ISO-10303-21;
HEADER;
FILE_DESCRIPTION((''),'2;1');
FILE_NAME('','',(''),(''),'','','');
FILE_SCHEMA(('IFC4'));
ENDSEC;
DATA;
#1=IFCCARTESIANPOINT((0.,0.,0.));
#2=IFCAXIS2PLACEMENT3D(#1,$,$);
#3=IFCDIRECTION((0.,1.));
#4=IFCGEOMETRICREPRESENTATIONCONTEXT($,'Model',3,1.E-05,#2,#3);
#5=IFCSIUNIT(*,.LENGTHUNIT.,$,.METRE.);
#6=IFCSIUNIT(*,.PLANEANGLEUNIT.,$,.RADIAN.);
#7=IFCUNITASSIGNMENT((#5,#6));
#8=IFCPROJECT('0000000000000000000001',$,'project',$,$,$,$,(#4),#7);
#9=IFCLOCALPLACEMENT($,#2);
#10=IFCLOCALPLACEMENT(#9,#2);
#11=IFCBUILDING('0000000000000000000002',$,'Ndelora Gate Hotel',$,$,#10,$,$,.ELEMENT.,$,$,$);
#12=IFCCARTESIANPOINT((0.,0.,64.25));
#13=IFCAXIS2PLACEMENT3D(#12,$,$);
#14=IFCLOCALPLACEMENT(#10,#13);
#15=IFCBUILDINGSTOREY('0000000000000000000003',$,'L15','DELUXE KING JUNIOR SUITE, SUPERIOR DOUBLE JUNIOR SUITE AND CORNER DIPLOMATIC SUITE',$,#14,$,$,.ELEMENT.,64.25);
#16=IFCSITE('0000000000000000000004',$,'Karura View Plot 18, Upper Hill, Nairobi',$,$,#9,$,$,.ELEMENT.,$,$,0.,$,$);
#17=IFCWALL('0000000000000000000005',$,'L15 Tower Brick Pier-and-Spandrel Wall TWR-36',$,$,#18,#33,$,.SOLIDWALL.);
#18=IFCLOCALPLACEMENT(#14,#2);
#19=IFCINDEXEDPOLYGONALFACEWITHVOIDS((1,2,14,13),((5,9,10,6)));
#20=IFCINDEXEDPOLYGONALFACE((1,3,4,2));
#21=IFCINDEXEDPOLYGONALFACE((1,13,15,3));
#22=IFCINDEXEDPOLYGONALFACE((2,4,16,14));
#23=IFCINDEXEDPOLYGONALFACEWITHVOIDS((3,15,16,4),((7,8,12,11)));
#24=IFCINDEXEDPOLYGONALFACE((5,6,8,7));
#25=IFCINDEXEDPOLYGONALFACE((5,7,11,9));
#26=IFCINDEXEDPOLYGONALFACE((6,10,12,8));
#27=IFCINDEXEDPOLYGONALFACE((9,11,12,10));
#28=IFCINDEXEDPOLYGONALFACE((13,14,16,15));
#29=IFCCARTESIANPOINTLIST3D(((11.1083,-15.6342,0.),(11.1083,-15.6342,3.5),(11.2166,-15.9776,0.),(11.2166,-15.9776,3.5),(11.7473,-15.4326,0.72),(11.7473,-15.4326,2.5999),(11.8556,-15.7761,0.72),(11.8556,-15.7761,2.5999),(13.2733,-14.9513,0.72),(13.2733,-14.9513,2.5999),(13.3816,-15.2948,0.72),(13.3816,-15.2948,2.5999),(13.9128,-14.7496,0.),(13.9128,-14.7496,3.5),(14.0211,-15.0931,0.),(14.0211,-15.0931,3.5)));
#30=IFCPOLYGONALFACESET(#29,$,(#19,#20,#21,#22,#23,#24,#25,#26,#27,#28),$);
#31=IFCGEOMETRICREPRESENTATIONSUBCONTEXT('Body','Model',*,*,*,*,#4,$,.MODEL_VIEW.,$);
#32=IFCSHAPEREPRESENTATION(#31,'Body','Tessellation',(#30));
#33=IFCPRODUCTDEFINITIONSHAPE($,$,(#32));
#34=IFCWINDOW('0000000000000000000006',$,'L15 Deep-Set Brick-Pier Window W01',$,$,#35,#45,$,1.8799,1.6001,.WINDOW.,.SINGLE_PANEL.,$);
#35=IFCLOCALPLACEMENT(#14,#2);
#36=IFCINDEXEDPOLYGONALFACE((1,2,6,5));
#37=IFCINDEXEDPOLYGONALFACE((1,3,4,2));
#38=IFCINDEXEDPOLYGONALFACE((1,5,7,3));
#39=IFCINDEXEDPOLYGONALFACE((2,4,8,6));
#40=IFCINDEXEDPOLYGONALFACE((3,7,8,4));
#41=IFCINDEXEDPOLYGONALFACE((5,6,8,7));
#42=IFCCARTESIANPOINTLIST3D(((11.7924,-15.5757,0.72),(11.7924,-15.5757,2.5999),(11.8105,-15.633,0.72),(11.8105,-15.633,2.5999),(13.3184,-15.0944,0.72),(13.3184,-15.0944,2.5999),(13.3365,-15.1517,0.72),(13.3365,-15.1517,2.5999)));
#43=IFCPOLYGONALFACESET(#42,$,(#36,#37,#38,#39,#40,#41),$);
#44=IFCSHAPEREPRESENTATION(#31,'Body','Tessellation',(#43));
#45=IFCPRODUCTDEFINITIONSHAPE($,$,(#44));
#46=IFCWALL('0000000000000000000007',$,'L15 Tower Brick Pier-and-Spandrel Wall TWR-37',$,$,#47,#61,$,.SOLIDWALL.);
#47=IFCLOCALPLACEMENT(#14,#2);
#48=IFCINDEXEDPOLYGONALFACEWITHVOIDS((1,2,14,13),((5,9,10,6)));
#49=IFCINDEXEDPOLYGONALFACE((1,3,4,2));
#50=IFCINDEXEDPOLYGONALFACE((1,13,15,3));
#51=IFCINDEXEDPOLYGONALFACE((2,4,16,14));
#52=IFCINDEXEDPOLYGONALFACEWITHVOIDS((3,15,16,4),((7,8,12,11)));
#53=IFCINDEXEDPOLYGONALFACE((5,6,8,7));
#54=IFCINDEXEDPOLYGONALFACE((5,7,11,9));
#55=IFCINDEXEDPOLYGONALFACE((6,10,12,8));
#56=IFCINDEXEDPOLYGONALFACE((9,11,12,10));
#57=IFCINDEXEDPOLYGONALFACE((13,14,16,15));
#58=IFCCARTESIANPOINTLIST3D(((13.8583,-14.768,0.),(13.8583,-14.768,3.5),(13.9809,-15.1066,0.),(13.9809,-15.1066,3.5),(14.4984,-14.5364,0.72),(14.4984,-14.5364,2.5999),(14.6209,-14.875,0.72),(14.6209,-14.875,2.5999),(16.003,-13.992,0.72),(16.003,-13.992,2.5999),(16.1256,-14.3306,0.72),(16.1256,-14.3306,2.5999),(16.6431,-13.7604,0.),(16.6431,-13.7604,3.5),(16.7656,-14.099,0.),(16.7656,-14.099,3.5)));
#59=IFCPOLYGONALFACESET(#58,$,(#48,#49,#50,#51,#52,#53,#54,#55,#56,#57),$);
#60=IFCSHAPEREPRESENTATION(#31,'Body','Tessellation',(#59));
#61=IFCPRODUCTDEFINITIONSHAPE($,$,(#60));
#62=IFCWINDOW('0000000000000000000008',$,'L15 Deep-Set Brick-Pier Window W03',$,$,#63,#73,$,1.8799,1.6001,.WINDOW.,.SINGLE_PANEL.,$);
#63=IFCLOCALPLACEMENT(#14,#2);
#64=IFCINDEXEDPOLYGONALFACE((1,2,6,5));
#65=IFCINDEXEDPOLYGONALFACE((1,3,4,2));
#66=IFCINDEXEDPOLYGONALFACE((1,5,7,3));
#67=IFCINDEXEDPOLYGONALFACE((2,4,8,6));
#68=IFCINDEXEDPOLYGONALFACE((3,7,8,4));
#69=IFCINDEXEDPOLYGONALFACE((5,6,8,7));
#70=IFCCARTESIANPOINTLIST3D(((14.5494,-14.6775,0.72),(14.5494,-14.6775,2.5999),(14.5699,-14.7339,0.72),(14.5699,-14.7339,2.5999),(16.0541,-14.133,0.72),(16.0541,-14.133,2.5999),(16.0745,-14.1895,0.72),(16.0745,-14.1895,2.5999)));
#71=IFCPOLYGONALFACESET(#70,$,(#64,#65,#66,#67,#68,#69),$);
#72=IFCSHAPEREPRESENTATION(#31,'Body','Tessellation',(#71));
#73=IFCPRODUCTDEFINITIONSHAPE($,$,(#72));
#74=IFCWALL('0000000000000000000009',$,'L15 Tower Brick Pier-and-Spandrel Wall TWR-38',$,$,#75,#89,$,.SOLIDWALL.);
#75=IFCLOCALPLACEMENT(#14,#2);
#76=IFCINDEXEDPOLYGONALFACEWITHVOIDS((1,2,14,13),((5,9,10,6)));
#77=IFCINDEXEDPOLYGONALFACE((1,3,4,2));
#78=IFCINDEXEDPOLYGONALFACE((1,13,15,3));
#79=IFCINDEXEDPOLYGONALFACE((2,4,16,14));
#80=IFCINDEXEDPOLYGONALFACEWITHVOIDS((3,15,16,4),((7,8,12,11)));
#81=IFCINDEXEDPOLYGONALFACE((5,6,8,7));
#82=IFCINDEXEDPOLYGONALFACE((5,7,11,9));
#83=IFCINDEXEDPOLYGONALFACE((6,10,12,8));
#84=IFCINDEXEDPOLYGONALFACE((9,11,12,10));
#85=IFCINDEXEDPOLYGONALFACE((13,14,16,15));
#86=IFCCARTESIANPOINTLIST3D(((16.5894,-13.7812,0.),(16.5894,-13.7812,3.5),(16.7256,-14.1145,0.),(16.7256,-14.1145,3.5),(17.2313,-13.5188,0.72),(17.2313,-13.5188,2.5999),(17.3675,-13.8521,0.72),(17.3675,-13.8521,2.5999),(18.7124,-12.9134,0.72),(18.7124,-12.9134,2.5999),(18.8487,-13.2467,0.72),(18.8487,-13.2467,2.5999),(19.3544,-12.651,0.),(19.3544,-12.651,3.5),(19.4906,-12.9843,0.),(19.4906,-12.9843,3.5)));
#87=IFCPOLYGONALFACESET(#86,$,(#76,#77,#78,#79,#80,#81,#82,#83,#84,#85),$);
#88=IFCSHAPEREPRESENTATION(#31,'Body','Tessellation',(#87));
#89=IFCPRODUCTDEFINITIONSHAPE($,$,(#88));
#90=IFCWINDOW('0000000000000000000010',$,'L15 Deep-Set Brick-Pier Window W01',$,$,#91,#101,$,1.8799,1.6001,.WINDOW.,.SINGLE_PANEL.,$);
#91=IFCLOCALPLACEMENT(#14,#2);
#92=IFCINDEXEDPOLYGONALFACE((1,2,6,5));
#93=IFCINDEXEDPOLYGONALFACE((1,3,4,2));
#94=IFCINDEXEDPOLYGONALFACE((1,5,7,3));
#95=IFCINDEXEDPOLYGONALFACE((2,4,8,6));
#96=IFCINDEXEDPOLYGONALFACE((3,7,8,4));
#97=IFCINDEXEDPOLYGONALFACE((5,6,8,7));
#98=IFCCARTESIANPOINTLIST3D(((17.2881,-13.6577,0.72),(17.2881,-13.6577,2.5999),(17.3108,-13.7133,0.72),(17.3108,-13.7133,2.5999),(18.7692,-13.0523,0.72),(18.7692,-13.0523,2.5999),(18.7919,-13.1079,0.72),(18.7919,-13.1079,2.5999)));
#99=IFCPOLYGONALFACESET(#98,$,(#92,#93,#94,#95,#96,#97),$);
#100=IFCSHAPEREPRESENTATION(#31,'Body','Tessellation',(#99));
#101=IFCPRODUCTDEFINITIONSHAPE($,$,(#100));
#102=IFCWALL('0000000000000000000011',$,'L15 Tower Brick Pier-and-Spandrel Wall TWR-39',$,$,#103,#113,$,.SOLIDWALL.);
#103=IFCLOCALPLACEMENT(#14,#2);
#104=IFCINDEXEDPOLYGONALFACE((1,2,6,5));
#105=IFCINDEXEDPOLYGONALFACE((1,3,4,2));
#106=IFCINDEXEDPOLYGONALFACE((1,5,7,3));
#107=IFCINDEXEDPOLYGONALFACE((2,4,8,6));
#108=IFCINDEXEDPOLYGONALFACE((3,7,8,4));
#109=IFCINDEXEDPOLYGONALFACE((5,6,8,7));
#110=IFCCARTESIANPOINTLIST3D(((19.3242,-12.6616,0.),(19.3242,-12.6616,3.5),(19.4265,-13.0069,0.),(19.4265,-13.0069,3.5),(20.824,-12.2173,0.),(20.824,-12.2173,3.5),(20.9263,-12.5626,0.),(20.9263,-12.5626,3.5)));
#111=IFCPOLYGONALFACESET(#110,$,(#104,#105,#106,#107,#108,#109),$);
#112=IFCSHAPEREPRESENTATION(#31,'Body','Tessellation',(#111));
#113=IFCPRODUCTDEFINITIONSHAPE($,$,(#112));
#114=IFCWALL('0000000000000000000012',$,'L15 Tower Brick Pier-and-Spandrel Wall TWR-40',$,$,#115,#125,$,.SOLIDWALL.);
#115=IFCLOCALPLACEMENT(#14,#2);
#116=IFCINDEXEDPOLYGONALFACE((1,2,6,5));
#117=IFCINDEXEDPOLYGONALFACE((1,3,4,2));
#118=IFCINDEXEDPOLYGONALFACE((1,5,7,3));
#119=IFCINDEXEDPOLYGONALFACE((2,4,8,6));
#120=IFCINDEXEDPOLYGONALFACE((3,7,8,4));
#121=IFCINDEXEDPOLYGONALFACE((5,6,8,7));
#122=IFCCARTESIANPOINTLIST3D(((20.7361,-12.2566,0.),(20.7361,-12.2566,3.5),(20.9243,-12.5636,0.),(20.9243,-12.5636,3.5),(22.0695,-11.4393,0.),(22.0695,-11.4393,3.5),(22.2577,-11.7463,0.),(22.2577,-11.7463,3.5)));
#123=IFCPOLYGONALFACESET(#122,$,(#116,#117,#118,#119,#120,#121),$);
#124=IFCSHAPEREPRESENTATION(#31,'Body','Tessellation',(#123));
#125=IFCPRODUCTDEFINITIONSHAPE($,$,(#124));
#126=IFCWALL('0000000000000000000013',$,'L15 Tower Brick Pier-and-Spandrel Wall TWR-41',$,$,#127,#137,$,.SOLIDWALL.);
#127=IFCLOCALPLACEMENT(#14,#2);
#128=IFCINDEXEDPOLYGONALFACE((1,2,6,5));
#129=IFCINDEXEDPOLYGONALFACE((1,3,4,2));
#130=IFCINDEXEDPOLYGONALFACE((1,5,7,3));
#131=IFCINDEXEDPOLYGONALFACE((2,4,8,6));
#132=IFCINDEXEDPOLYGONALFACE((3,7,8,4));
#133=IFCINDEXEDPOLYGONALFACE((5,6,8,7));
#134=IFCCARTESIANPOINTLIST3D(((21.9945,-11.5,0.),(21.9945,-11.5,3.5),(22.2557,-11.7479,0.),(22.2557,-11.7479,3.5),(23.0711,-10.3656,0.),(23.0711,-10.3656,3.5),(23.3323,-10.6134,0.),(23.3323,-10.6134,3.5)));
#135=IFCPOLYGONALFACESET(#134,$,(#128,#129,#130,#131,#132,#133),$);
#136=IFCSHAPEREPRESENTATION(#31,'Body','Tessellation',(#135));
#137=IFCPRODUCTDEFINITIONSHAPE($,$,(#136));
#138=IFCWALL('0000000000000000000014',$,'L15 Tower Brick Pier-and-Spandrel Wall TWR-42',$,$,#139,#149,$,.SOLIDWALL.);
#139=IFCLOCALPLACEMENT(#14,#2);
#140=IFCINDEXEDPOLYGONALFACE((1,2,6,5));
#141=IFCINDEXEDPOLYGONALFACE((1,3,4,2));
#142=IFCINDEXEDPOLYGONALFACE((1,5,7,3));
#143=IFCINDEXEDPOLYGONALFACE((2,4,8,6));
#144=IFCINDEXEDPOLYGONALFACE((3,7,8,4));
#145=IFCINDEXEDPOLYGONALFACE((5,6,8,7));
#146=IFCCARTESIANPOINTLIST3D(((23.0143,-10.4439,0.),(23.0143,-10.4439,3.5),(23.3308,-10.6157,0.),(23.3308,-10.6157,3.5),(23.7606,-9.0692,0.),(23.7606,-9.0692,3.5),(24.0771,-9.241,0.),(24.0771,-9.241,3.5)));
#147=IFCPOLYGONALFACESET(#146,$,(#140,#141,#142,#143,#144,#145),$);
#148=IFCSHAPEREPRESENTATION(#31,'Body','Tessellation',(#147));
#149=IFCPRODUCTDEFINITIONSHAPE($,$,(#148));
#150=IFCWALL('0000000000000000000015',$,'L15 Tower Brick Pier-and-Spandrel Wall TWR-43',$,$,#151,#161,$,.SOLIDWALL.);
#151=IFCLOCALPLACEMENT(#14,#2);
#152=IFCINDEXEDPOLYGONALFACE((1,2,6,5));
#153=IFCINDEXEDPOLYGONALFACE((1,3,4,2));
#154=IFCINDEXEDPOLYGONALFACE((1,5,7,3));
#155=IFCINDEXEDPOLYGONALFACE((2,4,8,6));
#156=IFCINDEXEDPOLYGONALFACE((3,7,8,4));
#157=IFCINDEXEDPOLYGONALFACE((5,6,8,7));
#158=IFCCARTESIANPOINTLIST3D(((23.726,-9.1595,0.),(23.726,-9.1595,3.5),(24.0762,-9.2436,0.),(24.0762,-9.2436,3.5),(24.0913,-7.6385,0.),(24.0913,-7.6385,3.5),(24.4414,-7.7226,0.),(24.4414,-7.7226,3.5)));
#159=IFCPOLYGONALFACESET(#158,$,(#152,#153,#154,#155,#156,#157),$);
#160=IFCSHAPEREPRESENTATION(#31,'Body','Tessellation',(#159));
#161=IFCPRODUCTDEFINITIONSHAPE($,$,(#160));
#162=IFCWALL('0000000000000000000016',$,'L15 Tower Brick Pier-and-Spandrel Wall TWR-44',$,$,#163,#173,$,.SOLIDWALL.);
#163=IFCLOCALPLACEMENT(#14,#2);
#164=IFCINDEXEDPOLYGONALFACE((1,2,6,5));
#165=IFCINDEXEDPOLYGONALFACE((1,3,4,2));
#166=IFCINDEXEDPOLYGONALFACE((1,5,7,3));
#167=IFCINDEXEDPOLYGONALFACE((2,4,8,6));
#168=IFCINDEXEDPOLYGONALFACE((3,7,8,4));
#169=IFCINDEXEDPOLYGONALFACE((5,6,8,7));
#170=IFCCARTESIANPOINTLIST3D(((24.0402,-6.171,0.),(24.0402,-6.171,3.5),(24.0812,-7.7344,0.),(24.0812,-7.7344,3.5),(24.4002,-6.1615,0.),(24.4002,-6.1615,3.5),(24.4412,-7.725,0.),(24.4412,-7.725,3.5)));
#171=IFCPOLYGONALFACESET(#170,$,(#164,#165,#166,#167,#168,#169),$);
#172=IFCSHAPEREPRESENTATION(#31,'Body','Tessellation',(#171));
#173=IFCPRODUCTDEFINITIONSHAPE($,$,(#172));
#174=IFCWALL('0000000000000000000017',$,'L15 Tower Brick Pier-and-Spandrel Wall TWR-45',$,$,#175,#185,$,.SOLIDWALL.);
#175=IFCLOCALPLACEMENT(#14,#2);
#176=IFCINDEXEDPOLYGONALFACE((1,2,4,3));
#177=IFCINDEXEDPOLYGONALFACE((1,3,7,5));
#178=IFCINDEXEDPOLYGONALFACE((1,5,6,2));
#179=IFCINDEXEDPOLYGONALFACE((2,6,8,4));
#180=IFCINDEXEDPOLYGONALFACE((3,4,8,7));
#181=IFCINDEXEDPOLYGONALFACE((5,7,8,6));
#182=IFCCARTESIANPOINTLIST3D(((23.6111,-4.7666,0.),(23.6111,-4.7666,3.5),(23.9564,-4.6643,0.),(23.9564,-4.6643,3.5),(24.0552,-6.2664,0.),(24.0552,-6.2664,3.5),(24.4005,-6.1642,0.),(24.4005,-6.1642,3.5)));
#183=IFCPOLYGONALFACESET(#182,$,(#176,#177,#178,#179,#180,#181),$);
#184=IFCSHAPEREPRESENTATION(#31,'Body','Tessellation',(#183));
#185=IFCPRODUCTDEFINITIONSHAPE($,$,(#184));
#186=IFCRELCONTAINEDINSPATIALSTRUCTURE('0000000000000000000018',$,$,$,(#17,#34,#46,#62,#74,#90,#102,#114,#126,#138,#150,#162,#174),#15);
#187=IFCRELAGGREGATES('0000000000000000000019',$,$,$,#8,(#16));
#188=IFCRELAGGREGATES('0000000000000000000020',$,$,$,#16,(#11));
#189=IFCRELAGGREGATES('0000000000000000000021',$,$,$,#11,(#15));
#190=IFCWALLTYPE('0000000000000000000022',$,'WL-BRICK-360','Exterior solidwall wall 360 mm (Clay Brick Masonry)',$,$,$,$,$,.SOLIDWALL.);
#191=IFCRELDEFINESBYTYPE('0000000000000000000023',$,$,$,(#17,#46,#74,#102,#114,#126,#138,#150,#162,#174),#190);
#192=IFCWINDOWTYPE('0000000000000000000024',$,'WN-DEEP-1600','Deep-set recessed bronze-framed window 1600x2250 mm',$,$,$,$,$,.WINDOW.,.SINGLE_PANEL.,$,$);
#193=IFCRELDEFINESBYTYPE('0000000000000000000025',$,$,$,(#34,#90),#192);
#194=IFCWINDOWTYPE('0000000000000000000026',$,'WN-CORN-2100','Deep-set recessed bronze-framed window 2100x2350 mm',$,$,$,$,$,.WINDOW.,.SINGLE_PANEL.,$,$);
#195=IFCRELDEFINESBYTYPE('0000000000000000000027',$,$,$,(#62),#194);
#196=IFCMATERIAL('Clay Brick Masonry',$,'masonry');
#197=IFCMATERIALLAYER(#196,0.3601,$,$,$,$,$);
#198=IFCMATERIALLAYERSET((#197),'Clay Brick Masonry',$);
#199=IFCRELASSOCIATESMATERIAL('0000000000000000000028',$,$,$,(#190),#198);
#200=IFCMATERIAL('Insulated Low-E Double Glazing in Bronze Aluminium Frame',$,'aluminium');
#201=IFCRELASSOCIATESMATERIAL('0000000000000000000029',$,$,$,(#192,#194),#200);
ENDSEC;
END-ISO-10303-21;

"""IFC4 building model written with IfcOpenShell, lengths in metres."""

from ifc_helpers import new_model, si_unit, direction, frame, frame_2d, origin, place, context, subcontext, project, spatial, rectangle, extrude, material, layer, layer_set, type_object, element, fill, save


model = new_model("IFC4")

# Units and contexts
model_context = context("Model", 3, precision=1e-05, world=origin(), true_north=direction((0.0, 1.0)))
body_context = subcontext(model_context, "Body", "Model", "MODEL_VIEW")
ifc_project = project(units=[si_unit("LENGTHUNIT", "METRE"), si_unit("PLANEANGLEUNIT", "RADIAN")], contexts=[model_context])

# Site, building, storey
site_placement = place(None, origin())
site = spatial("IfcSite", under=ifc_project, at=site_placement, Name="Karura View Plot 18, Upper Hill, Nairobi", CompositionType="ELEMENT", RefElevation=0.0)
building_placement = place(site_placement, origin())
building = spatial("IfcBuilding", under=site, at=building_placement, Name="Ndelora Gate Hotel", CompositionType="ELEMENT")
storey_placement = place(building_placement, frame((0.0, 0.0, 64.25)))
storey = spatial("IfcBuildingStorey", under=building, at=storey_placement, Name="L15", Description="DELUXE KING JUNIOR SUITE, SUPERIOR DOUBLE JUNIOR SUITE AND CORNER DIPLOMATIC SUITE", CompositionType="ELEMENT", Elevation=64.25)

# Walls, openings, windows
ifc_material_1 = material(Name="Clay Brick Masonry", Category="masonry")
ifc_layer_1 = layer(ifc_material_1, 0.3601)
ifc_layer_set_1 = layer_set([ifc_layer_1], Name="Clay Brick Masonry")
wall_type_1 = type_object("IfcWallType", Name="WL-BRICK-360", Description="Exterior solidwall wall 360 mm (Clay Brick Masonry)", PredefinedType="SOLIDWALL", material=ifc_layer_set_1)
wall_1_placement = place(storey_placement, frame((13.9668, -14.9214, 0.0), z_axis=(0.0, 0.0, 1.0), x_axis=(-0.953689, -0.300794, 0.0)))
wall_1 = element("IfcWall", 1, at=wall_1_placement, inside=storey, type_object=wall_type_1, Name="L15 Tower Brick Pier-and-Spandrel Wall TWR-36", PredefinedType="SOLIDWALL", context=body_context, shape_type="SweptSolid", body=[
    extrude(rectangle(XDim=2.9407, YDim=0.3601, at=frame_2d((1.4702, 0.0))), origin(), (0.0, 0.0, 1.0), 3.5),
])
opening_1_placement = place(wall_1_placement, frame((0.6704, 0.0, 0.72)))
opening_1 = element("IfcOpeningElement", 2, at=opening_1_placement, cuts=wall_1, PredefinedType="OPENING", context=body_context, shape_type="SweptSolid", body=[
    extrude(rectangle(XDim=1.6001, YDim=1.8799, at=frame_2d((0.8, 0.9399))), frame((0.0, 0.1899, 0.0), z_axis=(0.0, -1.0, 0.0), x_axis=(1.0, 0.0, 0.0)), (0.0, 0.0, 1.0), 0.3801),
])
ifc_material_2 = material(Name="Insulated Low-E Double Glazing in Bronze Aluminium Frame", Category="aluminium")
window_type_1 = type_object("IfcWindowType", Name="WN-DEEP-1600", Description="Deep-set recessed bronze-framed window 1600x2250 mm", PartitioningType="SINGLE_PANEL", PredefinedType="WINDOW", material=ifc_material_2)
window_1_placement = place(opening_1_placement, origin())
window_1 = element("IfcWindow", 3, at=window_1_placement, inside=storey, type_object=window_type_1, Name="L15 Deep-Set Brick-Pier Window W01", OverallHeight=1.8799, OverallWidth=1.6001, PartitioningType="SINGLE_PANEL", PredefinedType="WINDOW", context=body_context, shape_type="SweptSolid", body=[
    extrude(rectangle(XDim=1.6001, YDim=1.8799, at=frame_2d((0.8, 0.9399))), frame((0.0, 0.03, 0.0), z_axis=(0.0, -1.0, 0.0), x_axis=(1.0, 0.0, 0.0)), (0.0, 0.0, 1.0), 0.0601),
])
fill(opening_1, window_1)
wall_2_placement = place(storey_placement, frame((16.7043, -13.9297, 0.0), z_axis=(0.0, 0.0, 1.0), x_axis=(-0.940339, -0.34024, 0.0)))
wall_2 = element("IfcWall", 4, at=wall_2_placement, inside=storey, type_object=wall_type_1, Name="L15 Tower Brick Pier-and-Spandrel Wall TWR-37", PredefinedType="SOLIDWALL", context=body_context, shape_type="SweptSolid", body=[
    extrude(rectangle(XDim=2.9614, YDim=0.3601, at=frame_2d((1.4807, 0.0))), origin(), (0.0, 0.0, 1.0), 3.5),
])
opening_2_placement = place(wall_2_placement, frame((0.6807, 0.0, 0.72)))
opening_2 = element("IfcOpeningElement", 5, at=opening_2_placement, cuts=wall_2, PredefinedType="OPENING", context=body_context, shape_type="SweptSolid", body=[
    extrude(rectangle(XDim=1.6001, YDim=1.8799, at=frame_2d((0.8, 0.9399))), frame((0.0, 0.1899, 0.0), z_axis=(0.0, -1.0, 0.0), x_axis=(1.0, 0.0, 0.0)), (0.0, 0.0, 1.0), 0.3801),
])
window_type_2 = type_object("IfcWindowType", Name="WN-CORN-2100", Description="Deep-set recessed bronze-framed window 2100x2350 mm", PartitioningType="SINGLE_PANEL", PredefinedType="WINDOW", material=ifc_material_2)
window_2_placement = place(opening_2_placement, origin())
window_2 = element("IfcWindow", 6, at=window_2_placement, inside=storey, type_object=window_type_2, Name="L15 Deep-Set Brick-Pier Window W03", OverallHeight=1.8799, OverallWidth=1.6001, PartitioningType="SINGLE_PANEL", PredefinedType="WINDOW", context=body_context, shape_type="SweptSolid", body=[
    extrude(rectangle(XDim=1.6001, YDim=1.8799, at=frame_2d((0.8, 0.9399))), frame((0.0, 0.03, 0.0), z_axis=(0.0, -1.0, 0.0), x_axis=(1.0, 0.0, 0.0)), (0.0, 0.0, 1.0), 0.0601),
])
fill(opening_2, window_2)
wall_3_placement = place(storey_placement, frame((19.4226, -12.8176, 0.0), z_axis=(0.0, 0.0, 1.0), x_axis=(-0.92566, -0.378356, 0.0)))
wall_3 = element("IfcWall", 7, at=wall_3_placement, inside=storey, type_object=wall_type_1, Name="L15 Tower Brick Pier-and-Spandrel Wall TWR-38", PredefinedType="SOLIDWALL", context=body_context, shape_type="SweptSolid", body=[
    extrude(rectangle(XDim=2.9871, YDim=0.3601, at=frame_2d((1.4937, 0.0))), origin(), (0.0, 0.0, 1.0), 3.5),
])
opening_3_placement = place(wall_3_placement, frame((0.6936, 0.0, 0.72)))
opening_3 = element("IfcOpeningElement", 8, at=opening_3_placement, cuts=wall_3, PredefinedType="OPENING", context=body_context, shape_type="SweptSolid", body=[
    extrude(rectangle(XDim=1.6001, YDim=1.8799, at=frame_2d((0.8, 0.9399))), frame((0.0, 0.1899, 0.0), z_axis=(0.0, -1.0, 0.0), x_axis=(1.0, 0.0, 0.0)), (0.0, 0.0, 1.0), 0.3801),
])
window_3_placement = place(opening_3_placement, origin())
window_3 = element("IfcWindow", 9, at=window_3_placement, inside=storey, type_object=window_type_1, Name="L15 Deep-Set Brick-Pier Window W01", OverallHeight=1.8799, OverallWidth=1.6001, PartitioningType="SINGLE_PANEL", PredefinedType="WINDOW", context=body_context, shape_type="SweptSolid", body=[
    extrude(rectangle(XDim=1.6001, YDim=1.8799, at=frame_2d((0.8, 0.9399))), frame((0.0, 0.03, 0.0), z_axis=(0.0, -1.0, 0.0), x_axis=(1.0, 0.0, 0.0)), (0.0, 0.0, 1.0), 0.0601),
])
fill(opening_3, window_3)

# Walls
wall_4_placement = place(storey_placement, frame((20.8752, -12.3899, 0.0), z_axis=(0.0, 0.0, 1.0), x_axis=(-0.958804, -0.284067, 0.0)))
element("IfcWall", 10, at=wall_4_placement, inside=storey, type_object=wall_type_1, Name="L15 Tower Brick Pier-and-Spandrel Wall TWR-39", PredefinedType="SOLIDWALL", context=body_context, shape_type="SweptSolid", body=[
    extrude(rectangle(XDim=1.5642, YDim=0.3601, at=frame_2d((0.7822, 0.0))), origin(), (0.0, 0.0, 1.0), 3.5),
])
for number, where, z_axis, x_axis, name in (
    (11, (22.1636, -11.5928, 0.0), (0.0, 0.0, 1.0), (-0.852579, -0.522599, 0.0), "L15 Tower Brick Pier-and-Spandrel Wall TWR-40"),
    (12, (23.2017, -10.4895, 0.0), (0.0, 0.0, 1.0), (-0.688368, -0.725362, 0.0), "L15 Tower Brick Pier-and-Spandrel Wall TWR-41"),
):
    element("IfcWall", number, at=place(storey_placement, frame(where, z_axis=z_axis, x_axis=x_axis)), inside=storey, type_object=wall_type_1, Name=name, PredefinedType="SOLIDWALL", context=body_context, shape_type="SweptSolid", body=[
        extrude(rectangle(XDim=1.564, YDim=0.3601, at=frame_2d((0.782, 0.0))), origin(), (0.0, 0.0, 1.0), 3.5),
    ])
for number, where, z_axis, x_axis, name in (
    (13, (23.9189, -9.155, 0.0), (0.0, 0.0, 1.0), (-0.477113, -0.878842, 0.0), "L15 Tower Brick Pier-and-Spandrel Wall TWR-42"),
    (14, (24.2664, -7.6804, 0.0), (0.0, 0.0, 1.0), (-0.233491, -0.972359, 0.0), "L15 Tower Brick Pier-and-Spandrel Wall TWR-43"),
):
    element("IfcWall", number, at=place(storey_placement, frame(where, z_axis=z_axis, x_axis=x_axis)), inside=storey, type_object=wall_type_1, Name=name, PredefinedType="SOLIDWALL", context=body_context, shape_type="SweptSolid", body=[
        extrude(rectangle(XDim=1.5642, YDim=0.3601, at=frame_2d((0.7822, 0.0))), origin(), (0.0, 0.0, 1.0), 3.5),
    ])
wall_5_placement = place(storey_placement, frame((24.2202, -6.1663, 0.0), z_axis=(0.0, 0.0, 1.0), x_axis=(0.026225, -0.999656, 0.0)))
element("IfcWall", 15, at=wall_5_placement, inside=storey, type_object=wall_type_1, Name="L15 Tower Brick Pier-and-Spandrel Wall TWR-44", PredefinedType="SOLIDWALL", context=body_context, shape_type="SweptSolid", body=[
    extrude(rectangle(XDim=1.564, YDim=0.3601, at=frame_2d((0.782, 0.0))), origin(), (0.0, 0.0, 1.0), 3.5),
])
for number, where, z_axis, x_axis, name in (
    (16, (23.7837, -4.7153, 0.0), (0.0, 0.0, 1.0), (0.283924, -0.958847, 0.0), "L15 Tower Brick Pier-and-Spandrel Wall TWR-45"),
):
    element("IfcWall", number, at=place(storey_placement, frame(where, z_axis=z_axis, x_axis=x_axis)), inside=storey, type_object=wall_type_1, Name=name, PredefinedType="SOLIDWALL", context=body_context, shape_type="SweptSolid", body=[
        extrude(rectangle(XDim=1.5642, YDim=0.3601, at=frame_2d((0.7822, 0.0))), origin(), (0.0, 0.0, 1.0), 3.5),
    ])

save(model, "model.ifc")
